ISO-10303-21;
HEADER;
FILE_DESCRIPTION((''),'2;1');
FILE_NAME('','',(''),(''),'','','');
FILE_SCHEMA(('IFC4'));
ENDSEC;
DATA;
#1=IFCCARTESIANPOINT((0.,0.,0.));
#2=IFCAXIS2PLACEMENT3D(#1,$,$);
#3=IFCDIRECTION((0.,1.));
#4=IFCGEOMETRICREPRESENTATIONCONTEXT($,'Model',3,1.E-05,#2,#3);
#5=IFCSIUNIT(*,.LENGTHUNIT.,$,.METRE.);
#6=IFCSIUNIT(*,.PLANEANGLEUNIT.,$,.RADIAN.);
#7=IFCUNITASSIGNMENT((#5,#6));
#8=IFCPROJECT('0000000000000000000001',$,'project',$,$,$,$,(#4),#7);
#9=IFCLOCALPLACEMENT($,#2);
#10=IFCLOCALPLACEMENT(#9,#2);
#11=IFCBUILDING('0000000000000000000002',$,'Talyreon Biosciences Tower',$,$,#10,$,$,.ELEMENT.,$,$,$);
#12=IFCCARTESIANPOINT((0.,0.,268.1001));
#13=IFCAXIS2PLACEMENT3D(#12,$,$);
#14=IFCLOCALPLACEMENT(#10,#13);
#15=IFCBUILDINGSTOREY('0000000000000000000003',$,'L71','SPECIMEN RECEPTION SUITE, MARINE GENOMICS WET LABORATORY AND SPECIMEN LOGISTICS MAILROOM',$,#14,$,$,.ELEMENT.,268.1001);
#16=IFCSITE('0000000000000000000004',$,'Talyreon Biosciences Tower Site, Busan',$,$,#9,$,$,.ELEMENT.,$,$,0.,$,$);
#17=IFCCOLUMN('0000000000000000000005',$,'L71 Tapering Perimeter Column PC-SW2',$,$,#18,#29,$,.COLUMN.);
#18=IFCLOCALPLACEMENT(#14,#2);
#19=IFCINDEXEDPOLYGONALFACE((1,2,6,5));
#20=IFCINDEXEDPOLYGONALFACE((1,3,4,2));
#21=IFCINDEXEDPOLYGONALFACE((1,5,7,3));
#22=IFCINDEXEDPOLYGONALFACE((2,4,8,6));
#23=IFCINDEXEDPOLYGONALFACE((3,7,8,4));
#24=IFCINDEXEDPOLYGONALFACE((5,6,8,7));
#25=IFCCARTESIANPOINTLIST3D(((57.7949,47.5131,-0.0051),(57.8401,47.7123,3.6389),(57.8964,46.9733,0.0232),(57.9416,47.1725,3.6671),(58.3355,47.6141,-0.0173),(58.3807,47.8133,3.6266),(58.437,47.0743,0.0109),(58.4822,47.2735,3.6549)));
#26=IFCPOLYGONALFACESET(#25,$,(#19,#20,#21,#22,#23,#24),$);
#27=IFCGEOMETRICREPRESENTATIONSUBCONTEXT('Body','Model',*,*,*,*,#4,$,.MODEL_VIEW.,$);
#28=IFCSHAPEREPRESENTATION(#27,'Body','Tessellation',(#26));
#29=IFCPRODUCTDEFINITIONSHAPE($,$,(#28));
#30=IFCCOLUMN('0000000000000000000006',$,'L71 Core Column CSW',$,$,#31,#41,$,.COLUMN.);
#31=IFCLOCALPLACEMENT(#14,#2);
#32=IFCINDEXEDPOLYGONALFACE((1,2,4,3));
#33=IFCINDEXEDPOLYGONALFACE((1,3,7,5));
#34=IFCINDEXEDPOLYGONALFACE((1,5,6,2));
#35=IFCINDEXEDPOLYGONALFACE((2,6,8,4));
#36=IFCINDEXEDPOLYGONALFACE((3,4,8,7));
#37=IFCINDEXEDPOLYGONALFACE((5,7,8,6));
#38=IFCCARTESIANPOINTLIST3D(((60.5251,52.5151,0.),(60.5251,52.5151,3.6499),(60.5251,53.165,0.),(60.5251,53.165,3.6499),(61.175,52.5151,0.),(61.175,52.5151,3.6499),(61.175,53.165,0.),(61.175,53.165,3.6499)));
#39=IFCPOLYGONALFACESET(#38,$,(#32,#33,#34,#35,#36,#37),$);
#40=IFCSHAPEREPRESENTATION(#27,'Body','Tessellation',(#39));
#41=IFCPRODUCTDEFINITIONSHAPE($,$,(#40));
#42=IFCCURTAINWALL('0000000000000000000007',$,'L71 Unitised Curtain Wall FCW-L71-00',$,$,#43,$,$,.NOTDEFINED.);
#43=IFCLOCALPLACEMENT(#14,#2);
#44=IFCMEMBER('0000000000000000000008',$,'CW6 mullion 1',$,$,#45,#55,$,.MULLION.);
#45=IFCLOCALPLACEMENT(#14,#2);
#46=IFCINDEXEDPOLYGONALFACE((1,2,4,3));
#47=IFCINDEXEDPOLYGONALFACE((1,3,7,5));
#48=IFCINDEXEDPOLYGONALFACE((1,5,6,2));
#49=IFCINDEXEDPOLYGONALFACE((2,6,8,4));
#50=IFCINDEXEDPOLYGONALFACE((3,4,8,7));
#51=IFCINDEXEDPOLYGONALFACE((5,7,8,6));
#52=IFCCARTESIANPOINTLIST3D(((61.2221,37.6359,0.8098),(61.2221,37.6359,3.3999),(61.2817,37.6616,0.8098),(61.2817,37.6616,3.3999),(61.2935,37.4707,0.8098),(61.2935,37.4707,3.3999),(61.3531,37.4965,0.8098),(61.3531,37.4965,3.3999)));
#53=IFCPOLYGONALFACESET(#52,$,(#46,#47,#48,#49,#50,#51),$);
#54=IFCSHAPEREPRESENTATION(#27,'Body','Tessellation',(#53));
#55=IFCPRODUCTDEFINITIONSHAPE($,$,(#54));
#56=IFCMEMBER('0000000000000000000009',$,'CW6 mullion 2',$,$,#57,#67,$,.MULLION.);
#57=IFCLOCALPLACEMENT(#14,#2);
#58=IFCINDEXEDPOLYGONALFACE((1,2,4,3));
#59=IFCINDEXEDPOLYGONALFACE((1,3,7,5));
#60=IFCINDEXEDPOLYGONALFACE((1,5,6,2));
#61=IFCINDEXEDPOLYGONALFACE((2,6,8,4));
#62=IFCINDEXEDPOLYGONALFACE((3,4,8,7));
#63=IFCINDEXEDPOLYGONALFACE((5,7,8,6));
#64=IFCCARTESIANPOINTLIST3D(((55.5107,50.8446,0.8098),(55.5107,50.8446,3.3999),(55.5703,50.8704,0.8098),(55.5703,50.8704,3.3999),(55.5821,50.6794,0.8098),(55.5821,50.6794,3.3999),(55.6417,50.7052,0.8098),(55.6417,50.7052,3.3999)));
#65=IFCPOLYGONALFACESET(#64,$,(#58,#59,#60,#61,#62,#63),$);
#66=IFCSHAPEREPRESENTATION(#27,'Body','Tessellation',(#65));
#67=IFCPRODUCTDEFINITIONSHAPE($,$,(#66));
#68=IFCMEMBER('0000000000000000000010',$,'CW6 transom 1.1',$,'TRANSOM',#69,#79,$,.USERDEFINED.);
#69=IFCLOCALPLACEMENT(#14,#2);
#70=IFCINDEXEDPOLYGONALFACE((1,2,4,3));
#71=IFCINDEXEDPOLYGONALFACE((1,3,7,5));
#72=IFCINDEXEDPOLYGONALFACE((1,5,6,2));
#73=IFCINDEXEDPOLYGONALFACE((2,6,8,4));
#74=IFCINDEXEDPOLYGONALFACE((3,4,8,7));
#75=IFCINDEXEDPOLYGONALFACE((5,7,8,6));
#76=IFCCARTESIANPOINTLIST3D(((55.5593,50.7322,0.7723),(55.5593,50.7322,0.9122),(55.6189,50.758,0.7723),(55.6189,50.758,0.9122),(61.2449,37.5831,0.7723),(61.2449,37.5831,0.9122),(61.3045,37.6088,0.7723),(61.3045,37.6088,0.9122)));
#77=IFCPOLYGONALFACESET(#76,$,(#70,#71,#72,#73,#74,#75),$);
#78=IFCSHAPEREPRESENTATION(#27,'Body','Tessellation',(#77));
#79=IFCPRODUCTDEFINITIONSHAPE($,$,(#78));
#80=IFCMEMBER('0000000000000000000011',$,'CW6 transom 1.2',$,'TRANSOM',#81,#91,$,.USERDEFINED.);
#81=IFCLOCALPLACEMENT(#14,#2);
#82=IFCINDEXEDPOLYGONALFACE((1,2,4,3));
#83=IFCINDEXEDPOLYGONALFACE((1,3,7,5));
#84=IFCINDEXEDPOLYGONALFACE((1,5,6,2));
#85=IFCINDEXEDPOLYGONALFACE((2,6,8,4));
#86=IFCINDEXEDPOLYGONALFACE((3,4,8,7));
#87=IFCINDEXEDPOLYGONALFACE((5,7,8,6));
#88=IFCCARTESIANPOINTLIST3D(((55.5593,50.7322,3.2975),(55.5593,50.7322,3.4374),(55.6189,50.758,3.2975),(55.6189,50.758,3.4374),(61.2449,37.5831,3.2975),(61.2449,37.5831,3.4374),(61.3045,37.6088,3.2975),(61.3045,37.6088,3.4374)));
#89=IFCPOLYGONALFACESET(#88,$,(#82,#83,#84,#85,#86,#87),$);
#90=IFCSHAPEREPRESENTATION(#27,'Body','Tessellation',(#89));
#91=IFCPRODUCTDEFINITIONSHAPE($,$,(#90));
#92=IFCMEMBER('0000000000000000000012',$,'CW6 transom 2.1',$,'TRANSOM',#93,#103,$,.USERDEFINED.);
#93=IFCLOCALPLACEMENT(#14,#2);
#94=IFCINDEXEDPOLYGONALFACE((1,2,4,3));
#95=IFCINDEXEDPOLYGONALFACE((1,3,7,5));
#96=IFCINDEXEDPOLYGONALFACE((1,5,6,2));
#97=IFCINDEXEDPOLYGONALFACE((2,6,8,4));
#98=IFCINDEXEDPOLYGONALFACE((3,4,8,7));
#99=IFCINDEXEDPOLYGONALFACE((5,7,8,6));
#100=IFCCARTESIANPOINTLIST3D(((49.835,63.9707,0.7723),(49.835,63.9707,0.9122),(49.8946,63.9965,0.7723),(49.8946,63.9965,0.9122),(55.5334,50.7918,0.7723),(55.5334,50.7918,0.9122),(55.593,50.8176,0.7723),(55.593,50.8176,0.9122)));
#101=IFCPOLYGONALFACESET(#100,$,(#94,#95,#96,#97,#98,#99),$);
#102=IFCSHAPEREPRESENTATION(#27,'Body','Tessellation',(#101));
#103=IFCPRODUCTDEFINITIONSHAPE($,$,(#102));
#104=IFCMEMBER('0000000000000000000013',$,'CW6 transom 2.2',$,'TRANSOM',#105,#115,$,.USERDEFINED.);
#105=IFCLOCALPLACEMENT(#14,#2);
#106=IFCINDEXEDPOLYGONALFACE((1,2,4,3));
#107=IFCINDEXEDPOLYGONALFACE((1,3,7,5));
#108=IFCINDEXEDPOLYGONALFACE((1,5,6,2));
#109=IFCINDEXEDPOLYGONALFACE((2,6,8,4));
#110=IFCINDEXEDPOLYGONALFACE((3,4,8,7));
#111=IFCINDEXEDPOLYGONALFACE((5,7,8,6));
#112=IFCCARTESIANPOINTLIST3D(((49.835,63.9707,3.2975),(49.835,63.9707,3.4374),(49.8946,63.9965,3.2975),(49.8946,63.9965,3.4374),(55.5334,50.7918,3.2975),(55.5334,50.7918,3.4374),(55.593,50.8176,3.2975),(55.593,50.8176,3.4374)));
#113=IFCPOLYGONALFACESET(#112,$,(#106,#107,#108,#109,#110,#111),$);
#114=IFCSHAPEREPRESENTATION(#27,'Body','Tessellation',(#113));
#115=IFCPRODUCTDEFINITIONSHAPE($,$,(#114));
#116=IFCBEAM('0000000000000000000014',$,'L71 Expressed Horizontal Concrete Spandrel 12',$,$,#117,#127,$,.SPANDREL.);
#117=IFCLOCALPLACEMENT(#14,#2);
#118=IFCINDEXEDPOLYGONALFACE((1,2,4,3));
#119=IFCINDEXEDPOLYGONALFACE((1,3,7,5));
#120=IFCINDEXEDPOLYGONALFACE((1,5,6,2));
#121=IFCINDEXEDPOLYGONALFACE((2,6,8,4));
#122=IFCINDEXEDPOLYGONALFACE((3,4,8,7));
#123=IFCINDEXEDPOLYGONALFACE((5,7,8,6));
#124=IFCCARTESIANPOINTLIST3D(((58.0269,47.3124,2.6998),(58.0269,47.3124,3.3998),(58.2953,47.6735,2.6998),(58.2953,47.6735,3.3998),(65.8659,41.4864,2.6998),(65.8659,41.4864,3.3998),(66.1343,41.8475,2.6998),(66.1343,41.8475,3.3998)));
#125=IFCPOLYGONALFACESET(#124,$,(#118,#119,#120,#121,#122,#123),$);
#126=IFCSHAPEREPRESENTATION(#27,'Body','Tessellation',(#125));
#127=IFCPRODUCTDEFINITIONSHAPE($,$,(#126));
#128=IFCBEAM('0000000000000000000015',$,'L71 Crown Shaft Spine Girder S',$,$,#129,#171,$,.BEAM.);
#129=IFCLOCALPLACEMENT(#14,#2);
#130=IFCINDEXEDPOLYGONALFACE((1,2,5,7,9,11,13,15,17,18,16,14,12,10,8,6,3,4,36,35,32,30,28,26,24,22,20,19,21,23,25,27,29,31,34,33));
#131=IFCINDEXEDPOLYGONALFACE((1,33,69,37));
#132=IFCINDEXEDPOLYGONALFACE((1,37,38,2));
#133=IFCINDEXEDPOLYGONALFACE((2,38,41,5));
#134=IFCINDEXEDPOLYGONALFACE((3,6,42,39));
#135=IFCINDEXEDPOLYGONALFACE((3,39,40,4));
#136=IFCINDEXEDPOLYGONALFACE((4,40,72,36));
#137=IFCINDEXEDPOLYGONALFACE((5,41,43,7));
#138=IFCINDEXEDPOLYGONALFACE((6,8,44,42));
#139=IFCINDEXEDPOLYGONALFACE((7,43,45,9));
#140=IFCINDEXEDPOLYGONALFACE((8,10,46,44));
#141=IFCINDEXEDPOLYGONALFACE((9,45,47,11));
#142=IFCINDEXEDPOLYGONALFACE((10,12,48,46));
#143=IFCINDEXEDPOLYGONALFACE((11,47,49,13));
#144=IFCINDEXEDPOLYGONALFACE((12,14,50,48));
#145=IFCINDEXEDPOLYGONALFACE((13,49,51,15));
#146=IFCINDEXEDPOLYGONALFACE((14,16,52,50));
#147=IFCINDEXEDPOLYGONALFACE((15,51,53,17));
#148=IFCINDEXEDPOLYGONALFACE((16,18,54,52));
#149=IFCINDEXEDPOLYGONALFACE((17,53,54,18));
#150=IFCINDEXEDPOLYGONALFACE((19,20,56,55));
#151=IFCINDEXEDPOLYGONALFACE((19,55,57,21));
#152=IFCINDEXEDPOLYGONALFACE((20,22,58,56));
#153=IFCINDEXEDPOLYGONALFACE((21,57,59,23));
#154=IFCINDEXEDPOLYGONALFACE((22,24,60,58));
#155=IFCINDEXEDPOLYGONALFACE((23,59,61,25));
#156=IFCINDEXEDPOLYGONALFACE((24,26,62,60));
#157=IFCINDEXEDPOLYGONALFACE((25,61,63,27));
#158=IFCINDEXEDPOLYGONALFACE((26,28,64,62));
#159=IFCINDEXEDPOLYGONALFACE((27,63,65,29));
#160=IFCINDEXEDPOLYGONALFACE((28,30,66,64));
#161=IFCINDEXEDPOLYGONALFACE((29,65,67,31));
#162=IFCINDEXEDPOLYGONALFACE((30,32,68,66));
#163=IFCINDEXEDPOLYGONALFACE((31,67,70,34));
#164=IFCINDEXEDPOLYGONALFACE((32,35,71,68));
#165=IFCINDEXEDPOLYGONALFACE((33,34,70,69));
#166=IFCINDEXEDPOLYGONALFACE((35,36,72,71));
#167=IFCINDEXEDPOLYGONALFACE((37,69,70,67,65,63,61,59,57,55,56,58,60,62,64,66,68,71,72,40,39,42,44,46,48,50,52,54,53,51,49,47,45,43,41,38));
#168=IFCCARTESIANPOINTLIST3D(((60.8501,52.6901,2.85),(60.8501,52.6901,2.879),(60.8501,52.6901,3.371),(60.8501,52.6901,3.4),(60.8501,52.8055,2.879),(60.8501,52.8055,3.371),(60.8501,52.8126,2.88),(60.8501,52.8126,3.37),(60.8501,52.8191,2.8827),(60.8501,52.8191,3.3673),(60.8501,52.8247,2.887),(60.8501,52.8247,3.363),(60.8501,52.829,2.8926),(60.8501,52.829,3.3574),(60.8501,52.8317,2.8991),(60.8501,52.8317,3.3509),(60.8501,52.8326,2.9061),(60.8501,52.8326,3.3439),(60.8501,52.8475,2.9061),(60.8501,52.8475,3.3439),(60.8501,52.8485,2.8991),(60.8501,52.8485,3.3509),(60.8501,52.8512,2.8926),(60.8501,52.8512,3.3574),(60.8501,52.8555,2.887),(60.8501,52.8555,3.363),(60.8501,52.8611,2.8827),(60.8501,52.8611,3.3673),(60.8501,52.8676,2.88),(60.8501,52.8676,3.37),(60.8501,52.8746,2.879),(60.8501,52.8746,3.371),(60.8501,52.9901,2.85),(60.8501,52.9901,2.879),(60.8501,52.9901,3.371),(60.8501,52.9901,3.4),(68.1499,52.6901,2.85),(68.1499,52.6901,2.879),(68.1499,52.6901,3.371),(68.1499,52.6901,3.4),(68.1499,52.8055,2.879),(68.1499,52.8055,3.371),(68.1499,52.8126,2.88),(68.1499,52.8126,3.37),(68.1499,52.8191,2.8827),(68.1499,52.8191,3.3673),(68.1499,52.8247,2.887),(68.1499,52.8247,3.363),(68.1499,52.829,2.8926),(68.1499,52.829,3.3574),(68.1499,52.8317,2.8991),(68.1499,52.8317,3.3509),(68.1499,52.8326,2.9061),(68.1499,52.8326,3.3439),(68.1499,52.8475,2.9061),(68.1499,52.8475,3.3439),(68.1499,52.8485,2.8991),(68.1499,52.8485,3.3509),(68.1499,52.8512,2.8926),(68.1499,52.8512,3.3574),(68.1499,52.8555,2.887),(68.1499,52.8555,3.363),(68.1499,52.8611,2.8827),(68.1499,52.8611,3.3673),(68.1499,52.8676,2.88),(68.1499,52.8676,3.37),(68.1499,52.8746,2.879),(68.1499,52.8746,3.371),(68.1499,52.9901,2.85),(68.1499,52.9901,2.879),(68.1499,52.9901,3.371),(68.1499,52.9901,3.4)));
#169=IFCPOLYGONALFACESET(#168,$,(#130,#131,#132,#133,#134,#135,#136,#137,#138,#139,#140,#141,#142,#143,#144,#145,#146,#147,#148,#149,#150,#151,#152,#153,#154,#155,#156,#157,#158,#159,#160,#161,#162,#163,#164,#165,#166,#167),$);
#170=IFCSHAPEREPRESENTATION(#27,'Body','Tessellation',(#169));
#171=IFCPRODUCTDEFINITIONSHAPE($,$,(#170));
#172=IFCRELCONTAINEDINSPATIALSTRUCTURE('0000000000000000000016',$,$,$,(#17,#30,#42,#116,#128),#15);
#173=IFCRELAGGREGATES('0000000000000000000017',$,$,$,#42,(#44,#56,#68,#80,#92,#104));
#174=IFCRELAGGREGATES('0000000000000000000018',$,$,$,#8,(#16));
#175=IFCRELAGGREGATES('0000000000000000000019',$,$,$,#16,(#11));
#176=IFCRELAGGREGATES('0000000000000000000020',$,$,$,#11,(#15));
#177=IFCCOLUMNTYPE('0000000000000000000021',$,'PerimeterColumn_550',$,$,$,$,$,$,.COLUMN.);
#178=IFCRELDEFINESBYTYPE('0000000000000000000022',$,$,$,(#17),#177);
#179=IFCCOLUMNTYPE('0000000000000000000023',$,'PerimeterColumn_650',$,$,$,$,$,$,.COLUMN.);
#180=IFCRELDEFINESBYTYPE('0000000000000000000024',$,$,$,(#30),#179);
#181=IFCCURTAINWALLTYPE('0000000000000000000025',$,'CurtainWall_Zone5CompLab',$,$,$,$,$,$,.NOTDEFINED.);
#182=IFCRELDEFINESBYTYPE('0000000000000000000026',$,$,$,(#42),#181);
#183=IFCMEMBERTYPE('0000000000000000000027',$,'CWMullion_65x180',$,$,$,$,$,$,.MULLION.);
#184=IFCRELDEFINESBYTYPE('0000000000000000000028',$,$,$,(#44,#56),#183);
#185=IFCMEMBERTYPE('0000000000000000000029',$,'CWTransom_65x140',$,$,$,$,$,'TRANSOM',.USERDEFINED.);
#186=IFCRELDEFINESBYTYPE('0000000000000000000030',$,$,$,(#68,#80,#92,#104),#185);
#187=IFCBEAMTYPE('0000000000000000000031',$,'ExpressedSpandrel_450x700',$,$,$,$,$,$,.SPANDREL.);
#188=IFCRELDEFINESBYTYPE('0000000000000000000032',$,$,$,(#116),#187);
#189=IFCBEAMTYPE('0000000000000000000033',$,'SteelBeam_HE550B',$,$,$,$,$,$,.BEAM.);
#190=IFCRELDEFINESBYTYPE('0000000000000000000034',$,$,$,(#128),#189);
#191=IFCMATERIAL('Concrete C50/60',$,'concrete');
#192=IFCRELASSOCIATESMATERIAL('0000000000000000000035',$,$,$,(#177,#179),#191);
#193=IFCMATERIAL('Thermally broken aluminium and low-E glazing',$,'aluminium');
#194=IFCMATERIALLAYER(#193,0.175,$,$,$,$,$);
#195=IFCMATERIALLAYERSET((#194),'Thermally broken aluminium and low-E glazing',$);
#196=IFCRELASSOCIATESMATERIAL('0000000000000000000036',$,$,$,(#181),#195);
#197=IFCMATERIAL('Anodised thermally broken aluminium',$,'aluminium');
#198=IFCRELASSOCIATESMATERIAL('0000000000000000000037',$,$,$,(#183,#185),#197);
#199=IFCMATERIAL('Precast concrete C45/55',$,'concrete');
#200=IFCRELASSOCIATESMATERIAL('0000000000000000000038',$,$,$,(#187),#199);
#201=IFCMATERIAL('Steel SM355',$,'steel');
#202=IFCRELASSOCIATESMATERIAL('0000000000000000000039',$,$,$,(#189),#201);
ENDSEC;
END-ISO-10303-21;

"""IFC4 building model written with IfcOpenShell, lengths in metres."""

from ifc_helpers import new_model, si_unit, direction, frame, origin, origin_2d, place, context, subcontext, project, spatial, rectangle, i_section, extrude, material, layer, layer_set, material_profile, profile_set, type_object, element, aggregate, save


model = new_model("IFC4")

# Units and contexts
model_context = context("Model", 3, precision=1e-05, world=origin(), true_north=direction((0.0, 1.0)))
body_context = subcontext(model_context, "Body", "Model", "MODEL_VIEW")
ifc_project = project(units=[si_unit("LENGTHUNIT", "METRE"), si_unit("PLANEANGLEUNIT", "RADIAN")], contexts=[model_context])

# Site, building, storey
site_placement = place(None, origin())
site = spatial("IfcSite", under=ifc_project, at=site_placement, Name="Talyreon Biosciences Tower Site, Busan", CompositionType="ELEMENT", RefElevation=0.0)
building_placement = place(site_placement, origin())
building = spatial("IfcBuilding", under=site, at=building_placement, Name="Talyreon Biosciences Tower", CompositionType="ELEMENT")
storey_placement = place(building_placement, frame((0.0, 0.0, 268.1001)))
storey = spatial("IfcBuildingStorey", under=building, at=storey_placement, Name="L71", Description="SPECIMEN RECEPTION SUITE, MARINE GENOMICS WET LABORATORY AND SPECIMEN LOGISTICS MAILROOM", CompositionType="ELEMENT", Elevation=268.1001)

# Columns
ifc_material_1 = material(Name="Concrete C50/60", Category="concrete")
ifc_material_profile_1 = material_profile(ifc_material_1, rectangle(XDim=0.55, YDim=0.55, at=origin_2d()), Name="RC 550x550")
ifc_profile_set_1 = profile_set([ifc_material_profile_1], Name="Concrete C50/60")
column_type_1 = type_object("IfcColumnType", Name="PerimeterColumn_550", PredefinedType="COLUMN", material=ifc_profile_set_1)
column_1_placement = place(storey_placement, frame((58.116, 47.2937, 0.0029), z_axis=(0.012375, 0.054584, 0.998432), x_axis=(-0.184563, 0.981477, -0.05137)))
element("IfcColumn", 1, at=column_1_placement, inside=storey, type_object=column_type_1, Name="L71 Tapering Perimeter Column PC-SW2", PredefinedType="COLUMN", context=body_context, shape_type="SweptSolid", body=[
    extrude(rectangle(XDim=0.55, YDim=0.55, at=origin_2d()), origin(), (0.0, 0.0, 1.0), 3.6497),
])
ifc_material_profile_2 = material_profile(ifc_material_1, rectangle(XDim=0.6499, YDim=0.6499, at=origin_2d()), Name="RC 650x650")
ifc_profile_set_2 = profile_set([ifc_material_profile_2], Name="Concrete C50/60")
column_type_2 = type_object("IfcColumnType", Name="PerimeterColumn_650", PredefinedType="COLUMN", material=ifc_profile_set_2)
column_2_placement = place(storey_placement, frame((60.8501, 52.8401, 0.0), z_axis=(0.0, 0.0, 1.0), x_axis=(1.0, 0.0, 0.0)))
element("IfcColumn", 2, at=column_2_placement, inside=storey, type_object=column_type_2, Name="L71 Core Column CSW", PredefinedType="COLUMN", context=body_context, shape_type="SweptSolid", body=[
    extrude(rectangle(XDim=0.6499, YDim=0.6499, at=origin_2d()), origin(), (0.0, 0.0, 1.0), 3.6499),
])

# Curtain wall, members
ifc_material_2 = material(Name="Thermally broken aluminium and low-E glazing", Category="aluminium")
ifc_layer_1 = layer(ifc_material_2, 0.175)
ifc_layer_set_1 = layer_set([ifc_layer_1], Name="Thermally broken aluminium and low-E glazing")
curtain_wall_type = type_object("IfcCurtainWallType", Name="CurtainWall_Zone5CompLab", PredefinedType="NOTDEFINED", material=ifc_layer_set_1)
curtain_wall_placement = place(storey_placement, origin())
curtain_wall = element("IfcCurtainWall", 3, at=curtain_wall_placement, inside=storey, type_object=curtain_wall_type, Name="L71 Unitised Curtain Wall FCW-L71-00", PredefinedType="NOTDEFINED")
ifc_material_3 = material(Name="Anodised thermally broken aluminium", Category="aluminium")
ifc_material_profile_3 = material_profile(ifc_material_3, rectangle(XDim=0.0649, YDim=0.1799, at=origin_2d()), Name="ALUM MULLION 65x180")
ifc_profile_set_3 = profile_set([ifc_material_profile_3], Name="Anodised thermally broken aluminium")
member_type_1 = type_object("IfcMemberType", Name="CWMullion_65x180", PredefinedType="MULLION", material=ifc_profile_set_3)
member_1_placement = place(storey_placement, frame((61.2876, 37.5662, 0.8098), z_axis=(0.0, 0.0, 1.0), x_axis=(-0.917868, -0.396887, 0.0)))
member_1 = element("IfcMember", 4, at=member_1_placement, type_object=member_type_1, Name="CW6 mullion 1", PredefinedType="MULLION", context=body_context, shape_type="SweptSolid", body=[
    extrude(rectangle(XDim=0.0649, YDim=0.1799, at=origin_2d()), origin(), (0.0, 0.0, 1.0), 2.5901),
])
member_2_placement = place(storey_placement, frame((55.5762, 50.7749, 0.8098), z_axis=(0.0, 0.0, 1.0), x_axis=(-0.917868, -0.396887, 0.0)))
member_2 = element("IfcMember", 5, at=member_2_placement, type_object=member_type_1, Name="CW6 mullion 2", PredefinedType="MULLION", context=body_context, shape_type="SweptSolid", body=[
    extrude(rectangle(XDim=0.0649, YDim=0.1799, at=origin_2d()), origin(), (0.0, 0.0, 1.0), 2.5901),
])
ifc_material_profile_4 = material_profile(ifc_material_3, rectangle(XDim=0.0649, YDim=0.1399, at=origin_2d()), Name="ALUM TRANSOM 65x140")
ifc_profile_set_4 = profile_set([ifc_material_profile_4], Name="Anodised thermally broken aluminium")
member_type_2 = type_object("IfcMemberType", Name="CWTransom_65x140", ElementType="TRANSOM", PredefinedType="USERDEFINED", material=ifc_profile_set_4)
member_3_placement = place(storey_placement, frame((61.2747, 37.5959, 0.8423), z_axis=(-0.396877, 0.917872, 0.0), x_axis=(-0.917872, -0.396877, 0.0)))
member_3 = element("IfcMember", 6, at=member_3_placement, type_object=member_type_2, Name="CW6 transom 1.1", ObjectType="TRANSOM", PredefinedType="USERDEFINED", context=body_context, shape_type="SweptSolid", body=[
    extrude(rectangle(XDim=0.0649, YDim=0.1399, at=origin_2d()), origin(), (0.0, 0.0, 1.0), 14.3257),
])
member_4_placement = place(storey_placement, frame((61.2747, 37.5959, 3.3674), z_axis=(-0.396877, 0.917872, 0.0), x_axis=(-0.917872, -0.396877, 0.0)))
member_4 = element("IfcMember", 7, at=member_4_placement, type_object=member_type_2, Name="CW6 transom 1.2", ObjectType="TRANSOM", PredefinedType="USERDEFINED", context=body_context, shape_type="SweptSolid", body=[
    extrude(rectangle(XDim=0.0649, YDim=0.1399, at=origin_2d()), origin(), (0.0, 0.0, 1.0), 14.3257),
])
member_5_placement = place(storey_placement, frame((55.5632, 50.8047, 0.8423), z_axis=(-0.396881, 0.91787, 0.0), x_axis=(-0.91787, -0.396881, 0.0)))
member_5 = element("IfcMember", 8, at=member_5_placement, type_object=member_type_2, Name="CW6 transom 2.1", ObjectType="TRANSOM", PredefinedType="USERDEFINED", context=body_context, shape_type="SweptSolid", body=[
    extrude(rectangle(XDim=0.0649, YDim=0.1399, at=origin_2d()), origin(), (0.0, 0.0, 1.0), 14.3582),
])
member_6_placement = place(storey_placement, frame((55.5632, 50.8047, 3.3674), z_axis=(-0.396881, 0.91787, 0.0), x_axis=(-0.91787, -0.396881, 0.0)))
member_6 = element("IfcMember", 9, at=member_6_placement, type_object=member_type_2, Name="CW6 transom 2.2", ObjectType="TRANSOM", PredefinedType="USERDEFINED", context=body_context, shape_type="SweptSolid", body=[
    extrude(rectangle(XDim=0.0649, YDim=0.1399, at=origin_2d()), origin(), (0.0, 0.0, 1.0), 14.3582),
])

# Beams
ifc_material_4 = material(Name="Precast concrete C45/55", Category="concrete")
ifc_material_profile_5 = material_profile(ifc_material_4, rectangle(XDim=0.45, YDim=0.7, at=origin_2d()), Name="RCB 450x700")
ifc_profile_set_5 = profile_set([ifc_material_profile_5], Name="Precast concrete C45/55")
beam_type_1 = type_object("IfcBeamType", Name="ExpressedSpandrel_450x700", PredefinedType="SPANDREL", material=ifc_profile_set_5)
beam_1_placement = place(storey_placement, frame((58.1611, 47.4929, 3.0498), z_axis=(0.802608, -0.596507, 0.0), x_axis=(0.596507, 0.802608, 0.0)))
element("IfcBeam", 10, at=beam_1_placement, inside=storey, type_object=beam_type_1, Name="L71 Expressed Horizontal Concrete Spandrel 12", PredefinedType="SPANDREL", context=body_context, shape_type="SweptSolid", body=[
    extrude(rectangle(XDim=0.45, YDim=0.7, at=origin_2d()), origin(), (0.0, 0.0, 1.0), 9.7668),
])
ifc_material_5 = material(Name="Steel SM355", Category="steel")
ifc_material_profile_6 = material_profile(ifc_material_5, i_section(OverallWidth=0.3, OverallDepth=0.55, WebThickness=0.0149, FlangeThickness=0.0291, FilletRadius=0.0271, at=origin_2d()), Name="HE550B")
ifc_profile_set_6 = profile_set([ifc_material_profile_6], Name="Steel SM355")
beam_type_2 = type_object("IfcBeamType", Name="SteelBeam_HE550B", PredefinedType="BEAM", material=ifc_profile_set_6)
beam_2_placement = place(storey_placement, frame((60.8501, 52.8401, 3.125), z_axis=(1.0, 0.0, 0.0), x_axis=(0.0, 1.0, 0.0)))
element("IfcBeam", 11, at=beam_2_placement, inside=storey, type_object=beam_type_2, Name="L71 Crown Shaft Spine Girder S", PredefinedType="BEAM", context=body_context, shape_type="SweptSolid", body=[
    extrude(i_section(OverallWidth=0.3, OverallDepth=0.55, WebThickness=0.0149, FlangeThickness=0.0291, FilletRadius=0.0271, at=origin_2d()), origin(), (0.0, 0.0, 1.0), 7.2998),
])

aggregate(curtain_wall, [member_1, member_2, member_3, member_4, member_5, member_6])

save(model, "model.ifc")
